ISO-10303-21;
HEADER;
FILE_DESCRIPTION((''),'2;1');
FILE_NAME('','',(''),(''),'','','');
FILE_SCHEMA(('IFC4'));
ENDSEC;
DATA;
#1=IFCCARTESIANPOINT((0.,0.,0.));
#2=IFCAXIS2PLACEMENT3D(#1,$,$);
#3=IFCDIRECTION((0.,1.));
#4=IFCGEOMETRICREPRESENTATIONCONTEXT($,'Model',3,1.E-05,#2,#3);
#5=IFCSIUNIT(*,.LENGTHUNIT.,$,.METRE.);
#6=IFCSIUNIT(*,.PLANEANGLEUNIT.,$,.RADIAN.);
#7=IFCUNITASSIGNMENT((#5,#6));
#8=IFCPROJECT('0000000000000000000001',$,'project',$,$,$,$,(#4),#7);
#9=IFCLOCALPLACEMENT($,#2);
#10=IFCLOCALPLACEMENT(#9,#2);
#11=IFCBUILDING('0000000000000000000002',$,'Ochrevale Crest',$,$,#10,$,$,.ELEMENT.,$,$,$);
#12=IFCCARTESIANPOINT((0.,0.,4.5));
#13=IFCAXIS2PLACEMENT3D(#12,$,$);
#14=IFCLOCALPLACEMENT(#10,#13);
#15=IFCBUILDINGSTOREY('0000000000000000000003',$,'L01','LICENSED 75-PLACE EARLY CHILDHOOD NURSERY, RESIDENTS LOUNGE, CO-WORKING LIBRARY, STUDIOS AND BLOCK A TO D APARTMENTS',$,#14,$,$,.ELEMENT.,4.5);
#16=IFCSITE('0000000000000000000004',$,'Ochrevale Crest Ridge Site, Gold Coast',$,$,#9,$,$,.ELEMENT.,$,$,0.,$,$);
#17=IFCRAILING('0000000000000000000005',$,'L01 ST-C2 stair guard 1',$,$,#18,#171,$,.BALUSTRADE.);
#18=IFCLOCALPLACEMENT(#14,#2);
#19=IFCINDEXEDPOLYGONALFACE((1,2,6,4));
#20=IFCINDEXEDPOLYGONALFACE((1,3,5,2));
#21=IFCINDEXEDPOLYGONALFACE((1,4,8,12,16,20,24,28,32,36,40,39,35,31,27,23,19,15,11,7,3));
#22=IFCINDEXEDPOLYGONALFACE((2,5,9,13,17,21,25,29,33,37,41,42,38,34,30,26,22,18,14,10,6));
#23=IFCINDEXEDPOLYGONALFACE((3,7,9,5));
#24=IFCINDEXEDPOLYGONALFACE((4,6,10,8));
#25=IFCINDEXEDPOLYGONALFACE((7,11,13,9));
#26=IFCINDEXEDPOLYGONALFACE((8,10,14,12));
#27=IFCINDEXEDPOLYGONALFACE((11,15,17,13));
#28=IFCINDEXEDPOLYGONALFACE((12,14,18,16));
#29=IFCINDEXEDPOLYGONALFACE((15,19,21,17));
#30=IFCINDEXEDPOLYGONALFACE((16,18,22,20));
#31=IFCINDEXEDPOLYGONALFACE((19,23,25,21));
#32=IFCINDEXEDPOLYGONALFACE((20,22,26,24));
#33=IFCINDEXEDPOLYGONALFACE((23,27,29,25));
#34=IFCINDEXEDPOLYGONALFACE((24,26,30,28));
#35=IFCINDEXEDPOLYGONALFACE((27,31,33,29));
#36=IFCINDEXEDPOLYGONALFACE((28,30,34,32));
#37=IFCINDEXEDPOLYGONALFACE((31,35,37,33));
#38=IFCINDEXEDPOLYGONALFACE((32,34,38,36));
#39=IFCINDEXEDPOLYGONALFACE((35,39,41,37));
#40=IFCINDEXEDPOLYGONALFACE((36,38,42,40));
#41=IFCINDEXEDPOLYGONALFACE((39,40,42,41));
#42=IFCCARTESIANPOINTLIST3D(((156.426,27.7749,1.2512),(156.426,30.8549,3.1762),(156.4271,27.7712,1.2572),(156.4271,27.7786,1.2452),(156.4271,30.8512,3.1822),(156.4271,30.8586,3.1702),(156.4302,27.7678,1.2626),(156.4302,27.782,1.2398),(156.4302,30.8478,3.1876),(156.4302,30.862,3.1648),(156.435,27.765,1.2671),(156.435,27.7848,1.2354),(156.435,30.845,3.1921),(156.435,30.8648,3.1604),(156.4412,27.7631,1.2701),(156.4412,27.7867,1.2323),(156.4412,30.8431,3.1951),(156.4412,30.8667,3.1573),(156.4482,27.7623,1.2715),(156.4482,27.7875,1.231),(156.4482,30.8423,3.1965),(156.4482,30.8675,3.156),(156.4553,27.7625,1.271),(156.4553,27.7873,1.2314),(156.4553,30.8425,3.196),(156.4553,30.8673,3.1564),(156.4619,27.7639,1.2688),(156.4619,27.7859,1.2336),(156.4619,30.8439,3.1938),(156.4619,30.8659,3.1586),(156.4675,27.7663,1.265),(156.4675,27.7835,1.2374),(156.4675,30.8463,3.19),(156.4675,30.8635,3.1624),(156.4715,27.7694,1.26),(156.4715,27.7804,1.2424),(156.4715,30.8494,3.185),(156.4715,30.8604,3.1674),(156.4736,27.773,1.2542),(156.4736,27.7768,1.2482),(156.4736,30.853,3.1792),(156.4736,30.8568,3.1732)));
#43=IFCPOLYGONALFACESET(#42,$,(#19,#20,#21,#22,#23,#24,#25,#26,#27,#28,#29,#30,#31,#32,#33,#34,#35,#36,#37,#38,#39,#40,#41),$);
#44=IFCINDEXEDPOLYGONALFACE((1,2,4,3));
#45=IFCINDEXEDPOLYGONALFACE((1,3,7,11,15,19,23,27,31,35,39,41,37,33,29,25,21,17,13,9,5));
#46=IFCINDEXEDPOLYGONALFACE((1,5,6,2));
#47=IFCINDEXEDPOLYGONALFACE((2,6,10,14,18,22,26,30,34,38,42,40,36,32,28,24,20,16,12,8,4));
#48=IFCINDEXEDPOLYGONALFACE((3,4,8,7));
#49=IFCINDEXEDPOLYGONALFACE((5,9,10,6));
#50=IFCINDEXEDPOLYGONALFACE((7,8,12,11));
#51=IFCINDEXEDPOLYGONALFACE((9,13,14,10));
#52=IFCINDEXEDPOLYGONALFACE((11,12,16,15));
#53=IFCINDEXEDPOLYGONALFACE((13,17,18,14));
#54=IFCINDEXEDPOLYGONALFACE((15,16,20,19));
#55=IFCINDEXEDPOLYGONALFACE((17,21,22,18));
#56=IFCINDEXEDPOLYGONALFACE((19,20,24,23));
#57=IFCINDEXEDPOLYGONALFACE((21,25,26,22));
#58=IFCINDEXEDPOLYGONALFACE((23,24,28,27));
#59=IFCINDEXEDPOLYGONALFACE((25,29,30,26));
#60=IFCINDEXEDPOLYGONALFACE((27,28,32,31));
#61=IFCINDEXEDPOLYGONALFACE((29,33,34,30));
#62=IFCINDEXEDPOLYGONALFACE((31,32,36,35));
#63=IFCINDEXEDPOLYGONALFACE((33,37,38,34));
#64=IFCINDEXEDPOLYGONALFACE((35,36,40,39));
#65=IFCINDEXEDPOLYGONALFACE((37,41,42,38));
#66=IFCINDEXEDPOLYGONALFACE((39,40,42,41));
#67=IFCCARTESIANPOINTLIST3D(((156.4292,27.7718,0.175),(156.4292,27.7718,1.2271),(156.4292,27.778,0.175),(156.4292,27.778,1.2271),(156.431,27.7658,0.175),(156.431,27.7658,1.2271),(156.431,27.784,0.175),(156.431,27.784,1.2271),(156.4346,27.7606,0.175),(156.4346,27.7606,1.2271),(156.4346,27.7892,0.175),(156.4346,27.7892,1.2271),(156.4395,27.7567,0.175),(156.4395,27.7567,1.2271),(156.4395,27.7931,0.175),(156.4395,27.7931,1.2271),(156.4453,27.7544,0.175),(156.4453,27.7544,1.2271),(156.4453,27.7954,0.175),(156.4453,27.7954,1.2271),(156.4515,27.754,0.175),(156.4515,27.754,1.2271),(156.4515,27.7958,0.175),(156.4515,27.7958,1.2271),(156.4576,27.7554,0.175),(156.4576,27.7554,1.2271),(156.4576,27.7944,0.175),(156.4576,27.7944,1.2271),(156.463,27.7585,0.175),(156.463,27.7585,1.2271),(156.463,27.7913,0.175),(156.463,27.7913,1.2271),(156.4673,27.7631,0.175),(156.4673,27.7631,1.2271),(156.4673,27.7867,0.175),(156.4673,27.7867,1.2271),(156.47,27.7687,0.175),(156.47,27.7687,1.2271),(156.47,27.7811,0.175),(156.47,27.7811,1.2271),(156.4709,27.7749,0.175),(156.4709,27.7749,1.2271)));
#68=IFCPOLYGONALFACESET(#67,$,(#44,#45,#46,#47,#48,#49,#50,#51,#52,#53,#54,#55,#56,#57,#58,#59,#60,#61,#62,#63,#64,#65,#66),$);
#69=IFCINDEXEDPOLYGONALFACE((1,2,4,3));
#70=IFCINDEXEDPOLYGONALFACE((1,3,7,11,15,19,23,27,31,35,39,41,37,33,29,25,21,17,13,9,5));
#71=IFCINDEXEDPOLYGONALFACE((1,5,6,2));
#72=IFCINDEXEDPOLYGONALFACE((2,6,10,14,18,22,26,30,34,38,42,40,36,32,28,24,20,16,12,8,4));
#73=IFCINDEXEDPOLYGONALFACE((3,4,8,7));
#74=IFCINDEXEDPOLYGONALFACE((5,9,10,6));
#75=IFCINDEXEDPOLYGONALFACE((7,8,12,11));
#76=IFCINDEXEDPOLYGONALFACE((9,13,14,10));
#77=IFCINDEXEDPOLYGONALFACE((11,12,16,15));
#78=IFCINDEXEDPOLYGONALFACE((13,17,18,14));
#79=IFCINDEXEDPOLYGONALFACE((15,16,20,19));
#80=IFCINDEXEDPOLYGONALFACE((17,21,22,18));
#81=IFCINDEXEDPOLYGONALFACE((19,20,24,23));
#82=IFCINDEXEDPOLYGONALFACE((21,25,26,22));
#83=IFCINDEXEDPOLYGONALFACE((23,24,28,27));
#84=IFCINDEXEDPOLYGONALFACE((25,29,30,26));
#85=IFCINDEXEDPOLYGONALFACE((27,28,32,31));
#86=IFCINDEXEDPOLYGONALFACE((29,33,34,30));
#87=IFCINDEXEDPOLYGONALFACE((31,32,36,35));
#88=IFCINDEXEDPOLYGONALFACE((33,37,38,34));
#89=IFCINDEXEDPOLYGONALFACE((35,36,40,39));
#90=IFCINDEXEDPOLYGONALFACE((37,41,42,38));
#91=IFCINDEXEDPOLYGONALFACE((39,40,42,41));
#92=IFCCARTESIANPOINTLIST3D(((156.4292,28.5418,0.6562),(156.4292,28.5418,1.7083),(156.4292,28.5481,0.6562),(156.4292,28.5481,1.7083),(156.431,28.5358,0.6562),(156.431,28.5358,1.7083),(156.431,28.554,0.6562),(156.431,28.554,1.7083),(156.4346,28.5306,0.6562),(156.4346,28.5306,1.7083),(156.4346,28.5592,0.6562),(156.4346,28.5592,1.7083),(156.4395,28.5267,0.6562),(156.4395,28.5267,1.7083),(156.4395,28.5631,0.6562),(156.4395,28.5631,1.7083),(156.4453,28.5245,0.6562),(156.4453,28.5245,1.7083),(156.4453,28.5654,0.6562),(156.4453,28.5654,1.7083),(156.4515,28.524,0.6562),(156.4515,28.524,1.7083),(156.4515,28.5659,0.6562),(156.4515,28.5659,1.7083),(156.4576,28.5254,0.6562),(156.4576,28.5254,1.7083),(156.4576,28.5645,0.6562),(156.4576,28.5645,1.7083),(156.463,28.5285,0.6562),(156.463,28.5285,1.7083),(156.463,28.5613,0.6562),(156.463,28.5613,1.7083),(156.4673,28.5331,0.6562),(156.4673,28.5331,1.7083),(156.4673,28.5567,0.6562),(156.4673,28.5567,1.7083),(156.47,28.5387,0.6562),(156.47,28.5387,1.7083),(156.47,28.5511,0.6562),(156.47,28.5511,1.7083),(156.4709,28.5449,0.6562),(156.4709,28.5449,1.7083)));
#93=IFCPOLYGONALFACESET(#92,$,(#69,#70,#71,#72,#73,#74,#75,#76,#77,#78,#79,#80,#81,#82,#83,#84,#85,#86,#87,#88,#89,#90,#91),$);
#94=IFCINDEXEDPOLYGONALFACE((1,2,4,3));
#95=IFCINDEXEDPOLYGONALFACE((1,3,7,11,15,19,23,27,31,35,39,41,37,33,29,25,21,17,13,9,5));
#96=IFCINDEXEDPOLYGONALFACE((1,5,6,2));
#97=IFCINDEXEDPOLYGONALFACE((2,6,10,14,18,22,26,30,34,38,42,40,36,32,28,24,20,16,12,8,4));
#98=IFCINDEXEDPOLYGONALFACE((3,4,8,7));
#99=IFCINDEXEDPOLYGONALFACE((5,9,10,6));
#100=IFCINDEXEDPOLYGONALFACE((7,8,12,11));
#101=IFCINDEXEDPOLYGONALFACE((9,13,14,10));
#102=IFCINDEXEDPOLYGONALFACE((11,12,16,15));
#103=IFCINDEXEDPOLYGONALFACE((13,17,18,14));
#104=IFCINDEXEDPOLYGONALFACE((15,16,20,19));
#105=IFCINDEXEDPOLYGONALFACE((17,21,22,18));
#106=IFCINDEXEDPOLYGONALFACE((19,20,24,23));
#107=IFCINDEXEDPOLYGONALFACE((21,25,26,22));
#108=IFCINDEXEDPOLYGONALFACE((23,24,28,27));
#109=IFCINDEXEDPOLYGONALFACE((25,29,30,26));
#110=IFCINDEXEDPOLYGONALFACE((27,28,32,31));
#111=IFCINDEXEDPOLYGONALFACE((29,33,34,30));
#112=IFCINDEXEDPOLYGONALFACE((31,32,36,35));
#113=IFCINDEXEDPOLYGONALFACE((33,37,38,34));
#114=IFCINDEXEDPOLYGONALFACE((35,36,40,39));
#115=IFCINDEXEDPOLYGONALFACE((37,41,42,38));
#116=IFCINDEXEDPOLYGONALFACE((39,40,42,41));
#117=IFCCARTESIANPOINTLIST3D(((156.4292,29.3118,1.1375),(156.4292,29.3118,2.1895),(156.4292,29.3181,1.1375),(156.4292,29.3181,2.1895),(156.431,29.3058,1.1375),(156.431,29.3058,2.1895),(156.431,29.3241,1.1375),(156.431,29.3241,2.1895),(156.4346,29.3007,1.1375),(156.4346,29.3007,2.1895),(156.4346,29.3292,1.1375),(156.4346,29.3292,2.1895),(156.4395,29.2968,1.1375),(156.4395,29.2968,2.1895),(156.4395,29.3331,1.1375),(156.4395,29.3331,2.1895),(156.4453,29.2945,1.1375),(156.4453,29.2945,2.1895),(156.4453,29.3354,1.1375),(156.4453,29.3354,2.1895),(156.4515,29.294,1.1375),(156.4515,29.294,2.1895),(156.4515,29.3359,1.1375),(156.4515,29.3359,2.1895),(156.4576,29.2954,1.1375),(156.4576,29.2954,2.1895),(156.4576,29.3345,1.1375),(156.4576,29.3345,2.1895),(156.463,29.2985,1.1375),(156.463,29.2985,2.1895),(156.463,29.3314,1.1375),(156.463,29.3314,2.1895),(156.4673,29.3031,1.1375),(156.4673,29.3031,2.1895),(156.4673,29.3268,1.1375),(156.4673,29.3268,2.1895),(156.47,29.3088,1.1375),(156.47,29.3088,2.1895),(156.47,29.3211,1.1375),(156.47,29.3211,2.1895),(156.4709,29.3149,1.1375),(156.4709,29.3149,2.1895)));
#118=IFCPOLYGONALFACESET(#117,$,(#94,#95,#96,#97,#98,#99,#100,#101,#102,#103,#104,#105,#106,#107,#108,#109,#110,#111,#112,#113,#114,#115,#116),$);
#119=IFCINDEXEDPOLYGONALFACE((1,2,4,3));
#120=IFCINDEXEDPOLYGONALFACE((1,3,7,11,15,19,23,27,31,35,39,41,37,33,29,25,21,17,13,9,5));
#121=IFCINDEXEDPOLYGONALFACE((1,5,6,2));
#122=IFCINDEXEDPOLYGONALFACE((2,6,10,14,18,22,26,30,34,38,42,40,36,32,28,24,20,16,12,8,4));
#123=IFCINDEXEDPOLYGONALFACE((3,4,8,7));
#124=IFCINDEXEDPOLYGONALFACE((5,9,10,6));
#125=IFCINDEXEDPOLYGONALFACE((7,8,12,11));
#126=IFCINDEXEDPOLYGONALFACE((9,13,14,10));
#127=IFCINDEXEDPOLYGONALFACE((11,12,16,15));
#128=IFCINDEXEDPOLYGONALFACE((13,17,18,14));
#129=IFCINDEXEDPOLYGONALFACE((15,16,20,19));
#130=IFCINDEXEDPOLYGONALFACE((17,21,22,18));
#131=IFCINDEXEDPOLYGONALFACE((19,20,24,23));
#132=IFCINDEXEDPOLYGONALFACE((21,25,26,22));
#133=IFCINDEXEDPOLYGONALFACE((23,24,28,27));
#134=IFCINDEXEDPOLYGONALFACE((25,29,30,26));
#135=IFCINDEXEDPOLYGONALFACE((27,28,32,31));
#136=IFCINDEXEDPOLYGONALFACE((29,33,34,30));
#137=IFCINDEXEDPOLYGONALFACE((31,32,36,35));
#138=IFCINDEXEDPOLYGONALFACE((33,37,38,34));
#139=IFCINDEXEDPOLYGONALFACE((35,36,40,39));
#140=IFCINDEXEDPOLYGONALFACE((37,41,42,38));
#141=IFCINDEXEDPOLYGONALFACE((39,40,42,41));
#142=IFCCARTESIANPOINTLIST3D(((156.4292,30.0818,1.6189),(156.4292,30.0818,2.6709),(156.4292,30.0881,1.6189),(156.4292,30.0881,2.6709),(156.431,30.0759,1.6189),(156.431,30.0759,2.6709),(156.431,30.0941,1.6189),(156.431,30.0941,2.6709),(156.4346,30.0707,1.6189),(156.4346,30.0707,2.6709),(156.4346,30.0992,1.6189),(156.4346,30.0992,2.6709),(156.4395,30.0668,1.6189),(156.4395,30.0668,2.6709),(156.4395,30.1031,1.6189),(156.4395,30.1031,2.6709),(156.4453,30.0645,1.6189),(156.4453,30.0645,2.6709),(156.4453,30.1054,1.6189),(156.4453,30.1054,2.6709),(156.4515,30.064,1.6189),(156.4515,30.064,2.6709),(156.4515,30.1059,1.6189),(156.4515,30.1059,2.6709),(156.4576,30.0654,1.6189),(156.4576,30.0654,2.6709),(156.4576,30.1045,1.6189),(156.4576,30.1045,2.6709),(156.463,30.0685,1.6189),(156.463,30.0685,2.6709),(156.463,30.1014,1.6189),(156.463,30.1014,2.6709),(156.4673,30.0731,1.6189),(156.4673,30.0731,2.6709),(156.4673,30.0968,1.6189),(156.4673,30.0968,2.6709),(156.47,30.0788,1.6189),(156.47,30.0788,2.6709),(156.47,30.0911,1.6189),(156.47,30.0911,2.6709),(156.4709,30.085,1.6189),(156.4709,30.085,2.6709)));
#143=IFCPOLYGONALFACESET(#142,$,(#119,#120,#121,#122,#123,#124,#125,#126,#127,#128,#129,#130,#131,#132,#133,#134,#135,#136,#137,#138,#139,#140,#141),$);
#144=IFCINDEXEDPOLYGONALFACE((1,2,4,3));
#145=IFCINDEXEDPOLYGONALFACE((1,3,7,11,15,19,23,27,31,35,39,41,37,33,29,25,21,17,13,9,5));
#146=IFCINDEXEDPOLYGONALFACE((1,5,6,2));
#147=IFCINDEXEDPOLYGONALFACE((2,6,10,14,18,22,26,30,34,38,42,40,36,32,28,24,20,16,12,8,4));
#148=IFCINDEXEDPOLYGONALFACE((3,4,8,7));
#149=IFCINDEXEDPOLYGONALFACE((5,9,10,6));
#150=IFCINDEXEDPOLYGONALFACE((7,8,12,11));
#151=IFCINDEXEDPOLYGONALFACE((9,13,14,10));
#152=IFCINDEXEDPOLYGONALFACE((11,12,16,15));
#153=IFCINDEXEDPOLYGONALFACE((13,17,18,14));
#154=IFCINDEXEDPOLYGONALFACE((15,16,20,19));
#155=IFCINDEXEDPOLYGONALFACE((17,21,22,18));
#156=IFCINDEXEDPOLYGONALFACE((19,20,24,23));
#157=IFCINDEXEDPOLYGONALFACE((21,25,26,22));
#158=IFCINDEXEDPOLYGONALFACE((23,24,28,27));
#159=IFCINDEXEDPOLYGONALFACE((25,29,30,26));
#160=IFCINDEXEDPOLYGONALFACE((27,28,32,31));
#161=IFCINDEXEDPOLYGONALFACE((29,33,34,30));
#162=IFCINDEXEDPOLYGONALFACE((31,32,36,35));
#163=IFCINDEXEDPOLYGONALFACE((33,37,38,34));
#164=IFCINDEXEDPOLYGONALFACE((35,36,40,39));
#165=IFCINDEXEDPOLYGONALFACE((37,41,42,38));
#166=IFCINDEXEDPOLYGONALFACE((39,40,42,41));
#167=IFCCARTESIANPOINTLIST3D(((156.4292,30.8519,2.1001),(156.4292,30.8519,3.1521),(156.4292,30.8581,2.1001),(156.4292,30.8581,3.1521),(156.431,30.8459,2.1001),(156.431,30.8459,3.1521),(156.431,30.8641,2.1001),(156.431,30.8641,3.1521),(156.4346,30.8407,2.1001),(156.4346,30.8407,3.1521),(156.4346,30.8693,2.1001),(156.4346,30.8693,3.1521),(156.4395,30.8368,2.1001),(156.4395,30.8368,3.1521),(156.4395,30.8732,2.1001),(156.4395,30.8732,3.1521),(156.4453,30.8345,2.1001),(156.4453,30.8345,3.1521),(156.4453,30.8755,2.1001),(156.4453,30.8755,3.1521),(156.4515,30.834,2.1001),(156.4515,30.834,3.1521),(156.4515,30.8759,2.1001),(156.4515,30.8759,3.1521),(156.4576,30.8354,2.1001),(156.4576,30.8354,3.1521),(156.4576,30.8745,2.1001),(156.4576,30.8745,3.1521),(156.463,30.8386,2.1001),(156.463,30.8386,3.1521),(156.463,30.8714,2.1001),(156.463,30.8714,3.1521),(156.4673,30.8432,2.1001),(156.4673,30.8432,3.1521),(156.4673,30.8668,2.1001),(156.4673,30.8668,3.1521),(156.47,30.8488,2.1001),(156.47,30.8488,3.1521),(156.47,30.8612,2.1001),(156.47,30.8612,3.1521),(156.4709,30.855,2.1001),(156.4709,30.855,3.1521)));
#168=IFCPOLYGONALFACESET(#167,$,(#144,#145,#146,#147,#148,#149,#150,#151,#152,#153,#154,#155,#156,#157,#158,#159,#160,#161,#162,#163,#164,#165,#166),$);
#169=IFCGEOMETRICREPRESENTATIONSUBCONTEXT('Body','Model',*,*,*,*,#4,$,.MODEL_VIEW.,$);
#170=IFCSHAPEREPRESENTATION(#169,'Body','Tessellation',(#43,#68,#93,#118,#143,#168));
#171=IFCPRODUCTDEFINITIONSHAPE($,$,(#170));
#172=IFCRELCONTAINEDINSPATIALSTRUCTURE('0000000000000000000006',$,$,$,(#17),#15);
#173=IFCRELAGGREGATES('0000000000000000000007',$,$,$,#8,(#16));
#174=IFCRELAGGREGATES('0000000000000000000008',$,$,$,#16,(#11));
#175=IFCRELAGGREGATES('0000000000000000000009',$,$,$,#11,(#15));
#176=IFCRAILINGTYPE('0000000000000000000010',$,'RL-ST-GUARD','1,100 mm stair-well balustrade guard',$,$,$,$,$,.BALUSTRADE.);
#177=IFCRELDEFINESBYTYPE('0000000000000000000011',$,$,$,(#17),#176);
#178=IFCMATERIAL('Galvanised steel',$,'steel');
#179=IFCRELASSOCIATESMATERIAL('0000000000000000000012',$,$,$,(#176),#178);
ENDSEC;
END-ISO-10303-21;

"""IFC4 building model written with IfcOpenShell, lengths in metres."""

from ifc_helpers import new_model, si_unit, direction, frame, origin, origin_2d, place, context, subcontext, project, spatial, circle, extrude, material, type_object, element, save


model = new_model("IFC4")

# Units and contexts
model_context = context("Model", 3, precision=1e-05, world=origin(), true_north=direction((0.0, 1.0)))
body_context = subcontext(model_context, "Body", "Model", "MODEL_VIEW")
ifc_project = project(units=[si_unit("LENGTHUNIT", "METRE"), si_unit("PLANEANGLEUNIT", "RADIAN")], contexts=[model_context])

# Site, building, storey
site_placement = place(None, origin())
site = spatial("IfcSite", under=ifc_project, at=site_placement, Name="Ochrevale Crest Ridge Site, Gold Coast", CompositionType="ELEMENT", RefElevation=0.0)
building_placement = place(site_placement, origin())
building = spatial("IfcBuilding", under=site, at=building_placement, Name="Ochrevale Crest", CompositionType="ELEMENT")
storey_placement = place(building_placement, frame((0.0, 0.0, 4.5)))
storey = spatial("IfcBuildingStorey", under=building, at=storey_placement, Name="L01", Description="LICENSED 75-PLACE EARLY CHILDHOOD NURSERY, RESIDENTS LOUNGE, CO-WORKING LIBRARY, STUDIOS AND BLOCK A TO D APARTMENTS", CompositionType="ELEMENT", Elevation=4.5)

# Railing
ifc_material_1 = material(Name="Galvanised steel", Category="steel")
railing_type_1 = type_object("IfcRailingType", Name="RL-ST-GUARD", Description="1,100 mm stair-well balustrade guard", PredefinedType="BALUSTRADE", material=ifc_material_1)
railing_1_placement = place(storey_placement, frame((156.45, 27.7749, 0.175)))
element("IfcRailing", 1, at=railing_1_placement, inside=storey, type_object=railing_type_1, Name="L01 ST-C2 stair guard 1", PredefinedType="BALUSTRADE", context=body_context, shape_type="SweptSolid", body=[
    extrude(circle(Radius=0.0239, at=origin_2d()), frame((0.0, 0.0, 1.0762), z_axis=(0.0, 0.847998, 0.529999), x_axis=(-1.0, 0.0, 0.0)), (0.0, 0.0, 1.0), 3.6321),
    extrude(circle(Radius=0.021, at=origin_2d()), origin(), (0.0, 0.0, 1.0), 1.052),
    extrude(circle(Radius=0.021, at=origin_2d()), frame((0.0, 0.77, 0.4812)), (0.0, 0.0, 1.0), 1.052),
    extrude(circle(Radius=0.021, at=origin_2d()), frame((0.0, 1.54, 0.9624)), (0.0, 0.0, 1.0), 1.052),
    extrude(circle(Radius=0.021, at=origin_2d()), frame((0.0, 2.3101, 1.4438)), (0.0, 0.0, 1.0), 1.052),
    extrude(circle(Radius=0.021, at=origin_2d()), frame((0.0, 3.0801, 1.925)), (0.0, 0.0, 1.0), 1.052),
])

save(model, "model.ifc")
